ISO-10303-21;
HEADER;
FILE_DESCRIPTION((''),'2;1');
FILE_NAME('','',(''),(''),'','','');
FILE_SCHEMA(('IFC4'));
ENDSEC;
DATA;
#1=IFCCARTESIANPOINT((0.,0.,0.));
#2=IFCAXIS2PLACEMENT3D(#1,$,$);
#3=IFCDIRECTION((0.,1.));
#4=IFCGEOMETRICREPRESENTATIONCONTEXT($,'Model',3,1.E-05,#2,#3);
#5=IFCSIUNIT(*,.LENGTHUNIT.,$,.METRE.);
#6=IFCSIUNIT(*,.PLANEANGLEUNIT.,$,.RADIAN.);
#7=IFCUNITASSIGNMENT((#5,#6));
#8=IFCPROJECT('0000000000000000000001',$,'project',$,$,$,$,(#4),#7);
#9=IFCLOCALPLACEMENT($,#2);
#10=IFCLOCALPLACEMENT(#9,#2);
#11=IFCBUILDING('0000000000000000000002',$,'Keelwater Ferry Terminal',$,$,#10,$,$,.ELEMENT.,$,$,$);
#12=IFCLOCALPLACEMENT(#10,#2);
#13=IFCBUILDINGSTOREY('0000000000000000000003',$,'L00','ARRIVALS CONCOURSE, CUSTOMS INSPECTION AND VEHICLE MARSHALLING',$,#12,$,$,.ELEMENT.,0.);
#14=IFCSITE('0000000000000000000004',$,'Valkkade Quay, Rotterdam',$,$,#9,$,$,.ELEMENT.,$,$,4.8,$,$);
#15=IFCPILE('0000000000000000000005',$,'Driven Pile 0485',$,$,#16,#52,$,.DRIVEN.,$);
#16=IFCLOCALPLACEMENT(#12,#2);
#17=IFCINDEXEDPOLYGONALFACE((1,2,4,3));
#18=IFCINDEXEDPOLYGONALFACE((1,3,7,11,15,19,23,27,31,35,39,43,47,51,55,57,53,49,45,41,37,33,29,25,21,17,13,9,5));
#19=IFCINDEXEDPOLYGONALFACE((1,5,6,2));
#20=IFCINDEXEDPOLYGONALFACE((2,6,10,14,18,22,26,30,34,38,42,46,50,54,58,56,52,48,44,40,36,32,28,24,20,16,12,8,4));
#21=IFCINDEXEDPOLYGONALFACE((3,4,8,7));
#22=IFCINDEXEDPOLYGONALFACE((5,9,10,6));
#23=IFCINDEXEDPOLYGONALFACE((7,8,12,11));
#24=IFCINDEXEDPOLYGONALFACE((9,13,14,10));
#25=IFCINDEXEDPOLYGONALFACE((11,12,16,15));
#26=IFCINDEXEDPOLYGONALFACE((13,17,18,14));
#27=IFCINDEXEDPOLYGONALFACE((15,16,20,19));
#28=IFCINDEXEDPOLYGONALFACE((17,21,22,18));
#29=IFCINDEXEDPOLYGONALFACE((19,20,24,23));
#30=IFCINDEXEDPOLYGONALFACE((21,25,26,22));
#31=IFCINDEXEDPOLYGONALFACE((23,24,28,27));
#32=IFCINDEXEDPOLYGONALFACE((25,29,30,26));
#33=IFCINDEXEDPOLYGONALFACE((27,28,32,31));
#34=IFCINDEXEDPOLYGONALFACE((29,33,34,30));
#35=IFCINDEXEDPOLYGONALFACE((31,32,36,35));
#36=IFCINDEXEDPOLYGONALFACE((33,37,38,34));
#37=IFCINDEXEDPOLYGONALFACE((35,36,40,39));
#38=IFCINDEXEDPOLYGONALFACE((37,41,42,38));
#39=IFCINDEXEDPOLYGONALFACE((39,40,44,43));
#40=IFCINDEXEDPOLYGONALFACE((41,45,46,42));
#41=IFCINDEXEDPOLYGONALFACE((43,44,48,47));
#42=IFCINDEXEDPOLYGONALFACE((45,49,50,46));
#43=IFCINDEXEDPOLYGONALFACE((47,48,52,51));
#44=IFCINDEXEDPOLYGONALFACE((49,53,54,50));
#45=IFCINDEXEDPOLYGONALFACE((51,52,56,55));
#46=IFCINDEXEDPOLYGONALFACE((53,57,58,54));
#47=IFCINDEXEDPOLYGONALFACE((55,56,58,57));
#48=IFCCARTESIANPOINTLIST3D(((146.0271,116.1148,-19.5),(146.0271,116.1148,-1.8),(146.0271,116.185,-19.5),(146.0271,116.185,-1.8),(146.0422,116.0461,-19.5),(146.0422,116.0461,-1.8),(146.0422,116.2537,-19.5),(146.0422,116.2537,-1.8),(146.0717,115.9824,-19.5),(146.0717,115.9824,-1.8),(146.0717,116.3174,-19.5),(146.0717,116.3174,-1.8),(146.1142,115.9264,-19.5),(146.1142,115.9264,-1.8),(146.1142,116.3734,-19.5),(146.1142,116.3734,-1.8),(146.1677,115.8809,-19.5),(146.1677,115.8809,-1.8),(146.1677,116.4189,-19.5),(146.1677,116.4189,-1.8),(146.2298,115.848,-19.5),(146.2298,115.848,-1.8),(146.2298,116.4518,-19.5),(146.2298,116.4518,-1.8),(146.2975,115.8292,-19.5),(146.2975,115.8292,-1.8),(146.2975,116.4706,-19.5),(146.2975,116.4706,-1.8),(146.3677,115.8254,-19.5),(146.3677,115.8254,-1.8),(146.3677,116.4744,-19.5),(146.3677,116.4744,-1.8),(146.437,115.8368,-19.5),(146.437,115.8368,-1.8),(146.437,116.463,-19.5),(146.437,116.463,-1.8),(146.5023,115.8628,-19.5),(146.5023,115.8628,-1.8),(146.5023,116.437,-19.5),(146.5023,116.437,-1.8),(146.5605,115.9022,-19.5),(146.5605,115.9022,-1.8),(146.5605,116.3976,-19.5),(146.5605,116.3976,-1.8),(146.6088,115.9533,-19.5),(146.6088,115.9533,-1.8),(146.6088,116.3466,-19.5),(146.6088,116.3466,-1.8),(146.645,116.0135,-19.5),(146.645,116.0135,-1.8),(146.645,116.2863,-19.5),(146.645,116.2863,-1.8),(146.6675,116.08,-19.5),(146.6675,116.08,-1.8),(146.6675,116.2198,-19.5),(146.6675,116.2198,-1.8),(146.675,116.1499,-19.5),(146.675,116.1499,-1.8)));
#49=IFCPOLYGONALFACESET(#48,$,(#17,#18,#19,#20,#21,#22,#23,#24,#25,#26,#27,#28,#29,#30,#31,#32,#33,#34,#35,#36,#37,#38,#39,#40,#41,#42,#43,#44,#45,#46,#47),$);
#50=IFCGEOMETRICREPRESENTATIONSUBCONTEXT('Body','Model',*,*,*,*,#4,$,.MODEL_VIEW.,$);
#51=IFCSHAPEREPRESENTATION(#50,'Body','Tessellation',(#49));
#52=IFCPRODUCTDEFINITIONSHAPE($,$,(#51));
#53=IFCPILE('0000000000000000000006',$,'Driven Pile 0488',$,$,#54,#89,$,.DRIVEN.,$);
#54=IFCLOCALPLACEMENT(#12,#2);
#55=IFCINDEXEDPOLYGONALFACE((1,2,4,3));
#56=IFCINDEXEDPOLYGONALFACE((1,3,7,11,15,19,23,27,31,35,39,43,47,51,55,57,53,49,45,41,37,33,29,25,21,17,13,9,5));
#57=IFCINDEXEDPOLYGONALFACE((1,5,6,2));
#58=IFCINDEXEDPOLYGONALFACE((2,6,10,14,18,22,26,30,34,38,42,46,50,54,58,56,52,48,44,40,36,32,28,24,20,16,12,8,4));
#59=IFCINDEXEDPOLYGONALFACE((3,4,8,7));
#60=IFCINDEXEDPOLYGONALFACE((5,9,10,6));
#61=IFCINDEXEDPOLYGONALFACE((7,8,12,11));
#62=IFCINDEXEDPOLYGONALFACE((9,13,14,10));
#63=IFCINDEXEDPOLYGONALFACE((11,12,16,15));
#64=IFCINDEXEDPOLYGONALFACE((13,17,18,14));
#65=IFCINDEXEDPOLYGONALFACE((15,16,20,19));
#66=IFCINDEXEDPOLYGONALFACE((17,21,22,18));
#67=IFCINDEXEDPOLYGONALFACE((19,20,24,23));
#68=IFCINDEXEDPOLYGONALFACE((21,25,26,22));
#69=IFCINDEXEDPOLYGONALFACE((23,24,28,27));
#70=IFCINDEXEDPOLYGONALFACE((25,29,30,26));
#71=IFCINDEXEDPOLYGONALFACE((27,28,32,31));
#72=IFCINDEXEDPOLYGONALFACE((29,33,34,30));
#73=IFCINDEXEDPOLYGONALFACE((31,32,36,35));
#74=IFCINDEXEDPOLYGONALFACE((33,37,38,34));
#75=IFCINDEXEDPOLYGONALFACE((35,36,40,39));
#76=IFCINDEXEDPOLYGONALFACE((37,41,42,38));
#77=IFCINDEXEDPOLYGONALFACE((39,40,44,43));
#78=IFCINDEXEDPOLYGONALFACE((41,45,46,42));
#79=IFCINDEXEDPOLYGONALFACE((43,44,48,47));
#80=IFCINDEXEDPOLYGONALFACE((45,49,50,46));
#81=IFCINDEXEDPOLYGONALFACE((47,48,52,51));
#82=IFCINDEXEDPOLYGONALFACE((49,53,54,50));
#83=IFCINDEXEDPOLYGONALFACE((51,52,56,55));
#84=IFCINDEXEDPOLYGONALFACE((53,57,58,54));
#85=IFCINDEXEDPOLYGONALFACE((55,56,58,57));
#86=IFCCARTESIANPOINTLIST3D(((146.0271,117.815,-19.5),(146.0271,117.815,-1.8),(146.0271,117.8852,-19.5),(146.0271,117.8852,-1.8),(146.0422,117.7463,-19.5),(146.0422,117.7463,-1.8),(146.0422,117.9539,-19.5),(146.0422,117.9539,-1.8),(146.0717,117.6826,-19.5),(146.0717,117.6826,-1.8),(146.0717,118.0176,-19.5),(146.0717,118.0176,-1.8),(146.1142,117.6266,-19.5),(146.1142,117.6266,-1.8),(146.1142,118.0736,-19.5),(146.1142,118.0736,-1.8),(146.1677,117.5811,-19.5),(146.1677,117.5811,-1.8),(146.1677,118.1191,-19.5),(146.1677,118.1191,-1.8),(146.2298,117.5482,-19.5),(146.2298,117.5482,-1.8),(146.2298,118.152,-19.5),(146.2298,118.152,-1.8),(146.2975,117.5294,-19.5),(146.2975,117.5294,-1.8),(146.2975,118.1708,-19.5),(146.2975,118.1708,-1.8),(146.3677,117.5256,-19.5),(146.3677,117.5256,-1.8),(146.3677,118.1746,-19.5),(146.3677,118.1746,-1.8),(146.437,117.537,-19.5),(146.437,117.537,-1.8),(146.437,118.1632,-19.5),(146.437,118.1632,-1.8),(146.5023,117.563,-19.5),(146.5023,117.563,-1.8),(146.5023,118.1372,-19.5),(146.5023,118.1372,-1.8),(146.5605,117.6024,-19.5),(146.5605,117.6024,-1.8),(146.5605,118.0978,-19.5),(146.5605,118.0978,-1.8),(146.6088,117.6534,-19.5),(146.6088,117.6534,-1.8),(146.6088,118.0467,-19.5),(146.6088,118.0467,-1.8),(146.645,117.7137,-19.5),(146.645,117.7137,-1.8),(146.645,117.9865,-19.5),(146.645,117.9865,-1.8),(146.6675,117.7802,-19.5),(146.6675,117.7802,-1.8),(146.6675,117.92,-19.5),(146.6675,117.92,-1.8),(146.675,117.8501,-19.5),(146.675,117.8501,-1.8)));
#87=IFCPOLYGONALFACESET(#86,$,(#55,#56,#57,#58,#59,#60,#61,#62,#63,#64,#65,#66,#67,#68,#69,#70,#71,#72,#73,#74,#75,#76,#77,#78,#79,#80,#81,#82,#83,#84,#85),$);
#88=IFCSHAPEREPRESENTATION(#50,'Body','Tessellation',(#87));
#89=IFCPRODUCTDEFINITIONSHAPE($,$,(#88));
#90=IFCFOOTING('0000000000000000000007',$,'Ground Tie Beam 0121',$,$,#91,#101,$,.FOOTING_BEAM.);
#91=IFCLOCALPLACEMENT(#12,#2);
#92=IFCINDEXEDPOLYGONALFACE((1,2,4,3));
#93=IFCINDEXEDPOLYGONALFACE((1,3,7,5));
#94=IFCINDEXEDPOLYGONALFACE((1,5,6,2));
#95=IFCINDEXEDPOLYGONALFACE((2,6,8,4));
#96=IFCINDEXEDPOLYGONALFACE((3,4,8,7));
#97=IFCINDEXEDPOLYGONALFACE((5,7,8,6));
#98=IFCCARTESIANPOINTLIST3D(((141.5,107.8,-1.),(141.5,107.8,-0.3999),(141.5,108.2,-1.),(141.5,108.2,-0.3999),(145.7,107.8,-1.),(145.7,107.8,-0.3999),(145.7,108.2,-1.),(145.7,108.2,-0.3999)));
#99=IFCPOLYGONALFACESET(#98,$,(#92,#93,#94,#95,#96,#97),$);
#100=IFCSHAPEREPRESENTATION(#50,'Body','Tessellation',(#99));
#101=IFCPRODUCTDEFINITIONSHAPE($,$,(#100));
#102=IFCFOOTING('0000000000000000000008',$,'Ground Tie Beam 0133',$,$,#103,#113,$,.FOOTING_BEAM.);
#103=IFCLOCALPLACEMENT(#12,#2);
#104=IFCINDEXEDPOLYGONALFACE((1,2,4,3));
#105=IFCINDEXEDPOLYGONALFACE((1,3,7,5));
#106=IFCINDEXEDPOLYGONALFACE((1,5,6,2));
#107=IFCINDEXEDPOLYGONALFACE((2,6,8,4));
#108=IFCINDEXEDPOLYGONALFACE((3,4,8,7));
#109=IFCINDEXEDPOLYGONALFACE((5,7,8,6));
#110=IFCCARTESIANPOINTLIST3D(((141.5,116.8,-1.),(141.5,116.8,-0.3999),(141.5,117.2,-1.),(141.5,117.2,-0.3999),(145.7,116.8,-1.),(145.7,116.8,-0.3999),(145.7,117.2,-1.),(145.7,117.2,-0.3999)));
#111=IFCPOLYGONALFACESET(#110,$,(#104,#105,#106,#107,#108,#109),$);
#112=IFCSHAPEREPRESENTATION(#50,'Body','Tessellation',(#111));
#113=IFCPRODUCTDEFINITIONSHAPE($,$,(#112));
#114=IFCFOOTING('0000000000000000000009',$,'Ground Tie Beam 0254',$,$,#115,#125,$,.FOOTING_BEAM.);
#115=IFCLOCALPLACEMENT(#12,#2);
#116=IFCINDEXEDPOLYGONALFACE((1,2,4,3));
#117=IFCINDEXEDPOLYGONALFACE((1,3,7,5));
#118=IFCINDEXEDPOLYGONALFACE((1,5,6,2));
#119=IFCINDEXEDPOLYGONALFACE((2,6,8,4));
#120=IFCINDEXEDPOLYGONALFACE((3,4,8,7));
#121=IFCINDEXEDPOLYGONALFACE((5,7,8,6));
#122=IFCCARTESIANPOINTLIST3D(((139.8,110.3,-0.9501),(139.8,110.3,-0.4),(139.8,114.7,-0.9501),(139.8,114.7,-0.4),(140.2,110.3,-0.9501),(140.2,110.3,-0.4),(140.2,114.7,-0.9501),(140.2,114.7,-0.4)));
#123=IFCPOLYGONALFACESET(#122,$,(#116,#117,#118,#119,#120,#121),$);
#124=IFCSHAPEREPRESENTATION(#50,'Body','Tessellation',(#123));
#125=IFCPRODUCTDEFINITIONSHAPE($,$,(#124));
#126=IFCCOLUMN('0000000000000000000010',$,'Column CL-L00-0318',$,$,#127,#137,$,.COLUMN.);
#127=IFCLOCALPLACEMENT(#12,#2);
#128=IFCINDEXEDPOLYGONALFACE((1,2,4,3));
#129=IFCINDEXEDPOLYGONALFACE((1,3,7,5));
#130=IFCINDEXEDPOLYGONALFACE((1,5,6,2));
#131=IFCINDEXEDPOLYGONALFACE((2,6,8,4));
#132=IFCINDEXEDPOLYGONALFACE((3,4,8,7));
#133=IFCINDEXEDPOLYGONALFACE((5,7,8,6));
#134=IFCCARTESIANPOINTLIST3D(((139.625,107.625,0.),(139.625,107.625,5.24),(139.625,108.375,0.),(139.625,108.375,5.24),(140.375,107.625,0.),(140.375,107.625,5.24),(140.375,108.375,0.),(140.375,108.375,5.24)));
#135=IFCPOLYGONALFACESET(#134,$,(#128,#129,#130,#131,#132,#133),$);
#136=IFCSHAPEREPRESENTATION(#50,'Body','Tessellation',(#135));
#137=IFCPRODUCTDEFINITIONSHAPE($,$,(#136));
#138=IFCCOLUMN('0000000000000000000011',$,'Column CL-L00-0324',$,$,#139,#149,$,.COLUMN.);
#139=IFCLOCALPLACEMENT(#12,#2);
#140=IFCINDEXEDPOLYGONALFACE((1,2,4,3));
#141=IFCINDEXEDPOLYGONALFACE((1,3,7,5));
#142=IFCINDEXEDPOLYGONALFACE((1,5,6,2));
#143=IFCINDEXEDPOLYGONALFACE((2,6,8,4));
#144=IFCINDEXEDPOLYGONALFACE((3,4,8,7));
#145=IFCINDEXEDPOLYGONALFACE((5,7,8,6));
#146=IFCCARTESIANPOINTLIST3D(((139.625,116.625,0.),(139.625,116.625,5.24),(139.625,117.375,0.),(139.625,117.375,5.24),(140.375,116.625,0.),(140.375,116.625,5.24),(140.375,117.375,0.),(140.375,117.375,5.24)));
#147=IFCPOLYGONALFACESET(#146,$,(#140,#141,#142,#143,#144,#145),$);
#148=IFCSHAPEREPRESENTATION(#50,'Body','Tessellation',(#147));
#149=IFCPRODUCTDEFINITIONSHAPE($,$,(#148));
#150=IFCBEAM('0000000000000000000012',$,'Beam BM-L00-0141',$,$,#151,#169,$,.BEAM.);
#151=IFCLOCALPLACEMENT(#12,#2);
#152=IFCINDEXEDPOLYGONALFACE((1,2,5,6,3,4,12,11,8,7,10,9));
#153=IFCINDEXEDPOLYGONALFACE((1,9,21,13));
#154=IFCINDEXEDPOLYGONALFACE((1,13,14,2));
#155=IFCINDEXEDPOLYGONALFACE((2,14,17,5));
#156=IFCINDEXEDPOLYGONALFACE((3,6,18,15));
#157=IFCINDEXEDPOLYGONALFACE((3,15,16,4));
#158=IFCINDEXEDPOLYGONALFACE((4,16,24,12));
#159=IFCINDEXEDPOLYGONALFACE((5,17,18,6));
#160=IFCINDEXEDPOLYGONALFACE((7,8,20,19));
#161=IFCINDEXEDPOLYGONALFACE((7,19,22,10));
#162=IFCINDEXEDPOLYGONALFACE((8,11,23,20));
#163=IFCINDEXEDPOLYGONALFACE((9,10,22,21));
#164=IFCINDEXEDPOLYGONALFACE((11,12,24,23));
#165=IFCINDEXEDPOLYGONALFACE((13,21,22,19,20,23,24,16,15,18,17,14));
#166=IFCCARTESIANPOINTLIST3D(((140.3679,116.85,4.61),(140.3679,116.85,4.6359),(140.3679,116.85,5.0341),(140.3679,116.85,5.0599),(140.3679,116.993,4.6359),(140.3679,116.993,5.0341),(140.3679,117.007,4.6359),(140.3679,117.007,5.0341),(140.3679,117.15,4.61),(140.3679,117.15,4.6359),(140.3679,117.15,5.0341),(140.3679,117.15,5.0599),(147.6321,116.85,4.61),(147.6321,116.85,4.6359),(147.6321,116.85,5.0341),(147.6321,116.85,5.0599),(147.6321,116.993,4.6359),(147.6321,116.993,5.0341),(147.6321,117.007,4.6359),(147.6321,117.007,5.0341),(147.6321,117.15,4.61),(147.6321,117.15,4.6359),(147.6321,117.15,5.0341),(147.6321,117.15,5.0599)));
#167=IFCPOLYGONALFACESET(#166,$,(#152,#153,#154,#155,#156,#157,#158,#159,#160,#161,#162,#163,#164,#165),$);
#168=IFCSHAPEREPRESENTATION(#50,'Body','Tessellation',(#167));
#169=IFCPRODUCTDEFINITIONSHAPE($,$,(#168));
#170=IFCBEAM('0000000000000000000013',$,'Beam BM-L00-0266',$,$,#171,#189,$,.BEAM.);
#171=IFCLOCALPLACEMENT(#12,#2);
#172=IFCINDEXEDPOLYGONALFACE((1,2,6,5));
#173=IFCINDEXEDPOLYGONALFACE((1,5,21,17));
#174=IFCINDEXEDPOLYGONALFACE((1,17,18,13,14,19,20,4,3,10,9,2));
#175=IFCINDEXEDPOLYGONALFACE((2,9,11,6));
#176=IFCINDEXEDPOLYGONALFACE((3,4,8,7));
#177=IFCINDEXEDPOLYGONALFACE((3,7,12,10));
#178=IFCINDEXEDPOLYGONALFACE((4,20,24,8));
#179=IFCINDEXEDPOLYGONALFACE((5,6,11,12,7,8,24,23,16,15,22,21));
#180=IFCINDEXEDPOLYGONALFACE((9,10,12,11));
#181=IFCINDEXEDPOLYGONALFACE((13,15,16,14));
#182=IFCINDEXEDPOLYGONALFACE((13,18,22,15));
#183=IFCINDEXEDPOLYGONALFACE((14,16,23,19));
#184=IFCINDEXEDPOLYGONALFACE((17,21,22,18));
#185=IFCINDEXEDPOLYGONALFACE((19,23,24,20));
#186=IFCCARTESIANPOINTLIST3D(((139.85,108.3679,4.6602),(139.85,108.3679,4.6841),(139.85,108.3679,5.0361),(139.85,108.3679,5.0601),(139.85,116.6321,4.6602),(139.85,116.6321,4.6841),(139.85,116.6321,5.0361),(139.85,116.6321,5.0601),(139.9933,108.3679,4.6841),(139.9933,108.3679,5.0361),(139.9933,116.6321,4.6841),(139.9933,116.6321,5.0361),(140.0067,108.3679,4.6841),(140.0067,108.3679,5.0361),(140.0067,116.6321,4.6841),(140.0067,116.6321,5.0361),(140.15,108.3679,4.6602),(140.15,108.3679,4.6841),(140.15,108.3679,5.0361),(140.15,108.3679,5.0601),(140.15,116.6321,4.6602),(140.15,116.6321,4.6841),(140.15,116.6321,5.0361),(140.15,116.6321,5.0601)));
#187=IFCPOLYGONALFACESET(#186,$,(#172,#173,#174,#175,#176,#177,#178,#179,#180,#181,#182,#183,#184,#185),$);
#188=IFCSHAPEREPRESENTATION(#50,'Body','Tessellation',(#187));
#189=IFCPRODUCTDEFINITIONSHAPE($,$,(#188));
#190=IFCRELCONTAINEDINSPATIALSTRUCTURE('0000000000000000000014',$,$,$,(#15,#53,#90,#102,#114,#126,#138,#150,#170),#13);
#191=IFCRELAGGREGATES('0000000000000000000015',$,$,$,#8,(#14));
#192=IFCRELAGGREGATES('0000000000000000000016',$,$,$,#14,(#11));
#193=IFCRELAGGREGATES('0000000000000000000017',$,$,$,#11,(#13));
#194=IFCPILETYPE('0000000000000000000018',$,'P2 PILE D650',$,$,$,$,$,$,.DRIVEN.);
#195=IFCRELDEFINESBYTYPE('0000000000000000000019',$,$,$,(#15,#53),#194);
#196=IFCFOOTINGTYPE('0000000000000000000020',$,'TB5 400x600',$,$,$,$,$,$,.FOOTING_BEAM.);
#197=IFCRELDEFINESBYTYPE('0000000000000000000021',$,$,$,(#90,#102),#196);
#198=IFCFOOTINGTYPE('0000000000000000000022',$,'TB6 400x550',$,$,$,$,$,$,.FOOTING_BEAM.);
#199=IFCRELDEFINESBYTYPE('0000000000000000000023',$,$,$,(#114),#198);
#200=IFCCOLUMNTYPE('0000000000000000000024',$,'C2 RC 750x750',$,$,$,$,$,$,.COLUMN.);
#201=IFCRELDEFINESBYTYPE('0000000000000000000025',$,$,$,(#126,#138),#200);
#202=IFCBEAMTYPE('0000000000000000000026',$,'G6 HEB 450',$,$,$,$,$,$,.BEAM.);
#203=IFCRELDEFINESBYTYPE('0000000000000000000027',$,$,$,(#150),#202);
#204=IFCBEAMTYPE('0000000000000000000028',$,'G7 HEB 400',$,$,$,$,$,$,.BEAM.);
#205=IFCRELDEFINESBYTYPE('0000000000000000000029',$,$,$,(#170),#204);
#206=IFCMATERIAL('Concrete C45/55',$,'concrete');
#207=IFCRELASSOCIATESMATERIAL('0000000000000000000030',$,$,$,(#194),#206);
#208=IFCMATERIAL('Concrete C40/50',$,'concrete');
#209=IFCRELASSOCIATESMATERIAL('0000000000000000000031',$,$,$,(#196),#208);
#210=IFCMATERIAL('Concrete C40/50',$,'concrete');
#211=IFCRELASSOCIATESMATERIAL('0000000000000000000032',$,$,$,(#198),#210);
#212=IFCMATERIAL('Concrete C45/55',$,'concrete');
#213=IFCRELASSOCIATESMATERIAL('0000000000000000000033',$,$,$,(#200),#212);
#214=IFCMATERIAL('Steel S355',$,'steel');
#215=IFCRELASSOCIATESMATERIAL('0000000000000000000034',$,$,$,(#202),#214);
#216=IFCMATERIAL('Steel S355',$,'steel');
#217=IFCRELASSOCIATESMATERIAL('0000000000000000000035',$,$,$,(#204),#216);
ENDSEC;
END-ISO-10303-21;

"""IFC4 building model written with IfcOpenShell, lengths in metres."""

from ifc_helpers import new_model, si_unit, direction, frame, origin, origin_2d, place, context, subcontext, project, spatial, rectangle, circle, i_section, extrude, material, material_profile, profile_set, type_object, element, save


model = new_model("IFC4")

# Units and contexts
model_context = context("Model", 3, precision=1e-05, world=origin(), true_north=direction((0.0, 1.0)))
body_context = subcontext(model_context, "Body", "Model", "MODEL_VIEW")
ifc_project = project(units=[si_unit("LENGTHUNIT", "METRE"), si_unit("PLANEANGLEUNIT", "RADIAN")], contexts=[model_context])

# Site, building, storey
site_placement = place(None, origin())
site = spatial("IfcSite", under=ifc_project, at=site_placement, Name="Valkkade Quay, Rotterdam", CompositionType="ELEMENT", RefElevation=4.8)
building_placement = place(site_placement, origin())
building = spatial("IfcBuilding", under=site, at=building_placement, Name="Keelwater Ferry Terminal", CompositionType="ELEMENT")
storey_placement = place(building_placement, origin())
storey = spatial("IfcBuildingStorey", under=building, at=storey_placement, Name="L00", Description="ARRIVALS CONCOURSE, CUSTOMS INSPECTION AND VEHICLE MARSHALLING", CompositionType="ELEMENT", Elevation=0.0)

# Piles
ifc_material_1 = material(Name="Concrete C45/55", Category="concrete")
ifc_material_profile_1 = material_profile(ifc_material_1, circle(Radius=0.325, at=origin_2d()), Name="PILE D650")
ifc_profile_set_1 = profile_set([ifc_material_profile_1], Name="Concrete C45/55")
pile_type = type_object("IfcPileType", Name="P2 PILE D650", PredefinedType="DRIVEN", material=ifc_profile_set_1)
for number, where, z_axis, x_axis, name in (
    (1, (146.3501, 116.1499, -1.8), (0.0, 0.0, -1.0), (1.0, 0.0, 0.0), "Driven Pile 0485"),
    (2, (146.3501, 117.8501, -1.8), (0.0, 0.0, -1.0), (1.0, 0.0, 0.0), "Driven Pile 0488"),
):
    element("IfcPile", number, at=place(storey_placement, frame(where, z_axis=z_axis, x_axis=x_axis)), inside=storey, type_object=pile_type, Name=name, PredefinedType="DRIVEN", context=body_context, shape_type="SweptSolid", body=[
        extrude(circle(Radius=0.325, at=origin_2d()), origin(), (0.0, 0.0, 1.0), 17.7),
    ])

# Footings
ifc_material_2 = material(Name="Concrete C40/50", Category="concrete")
ifc_material_profile_2 = material_profile(ifc_material_2, rectangle(XDim=0.3999, YDim=0.6001, at=origin_2d()), Name="TB 400x600")
ifc_profile_set_2 = profile_set([ifc_material_profile_2], Name="Concrete C40/50")
footing_type_1 = type_object("IfcFootingType", Name="TB5 400x600", PredefinedType="FOOTING_BEAM", material=ifc_profile_set_2)
for number, where, z_axis, x_axis, name in (
    (3, (141.5, 108.0, -0.7), (1.0, 0.0, 0.0), (0.0, 1.0, 0.0), "Ground Tie Beam 0121"),
    (4, (141.5, 117.0, -0.7), (1.0, 0.0, 0.0), (0.0, 1.0, 0.0), "Ground Tie Beam 0133"),
):
    element("IfcFooting", number, at=place(storey_placement, frame(where, z_axis=z_axis, x_axis=x_axis)), inside=storey, type_object=footing_type_1, Name=name, PredefinedType="FOOTING_BEAM", context=body_context, shape_type="SweptSolid", body=[
        extrude(rectangle(XDim=0.3999, YDim=0.6001, at=origin_2d()), origin(), (0.0, 0.0, 1.0), 4.2),
    ])
ifc_material_3 = material(Name="Concrete C40/50", Category="concrete")
ifc_material_profile_3 = material_profile(ifc_material_3, rectangle(XDim=0.3999, YDim=0.55, at=origin_2d()), Name="TB 400x550")
ifc_profile_set_3 = profile_set([ifc_material_profile_3], Name="Concrete C40/50")
footing_type_2 = type_object("IfcFootingType", Name="TB6 400x550", PredefinedType="FOOTING_BEAM", material=ifc_profile_set_3)
footing_placement = place(storey_placement, frame((140.0, 110.3, -0.675), z_axis=(0.0, 1.0, 0.0), x_axis=(-1.0, 0.0, 0.0)))
element("IfcFooting", 5, at=footing_placement, inside=storey, type_object=footing_type_2, Name="Ground Tie Beam 0254", PredefinedType="FOOTING_BEAM", context=body_context, shape_type="SweptSolid", body=[
    extrude(rectangle(XDim=0.3999, YDim=0.55, at=origin_2d()), origin(), (0.0, 0.0, 1.0), 4.3999),
])

# Columns
ifc_material_4 = material(Name="Concrete C45/55", Category="concrete")
ifc_material_profile_4 = material_profile(ifc_material_4, rectangle(XDim=0.75, YDim=0.75, at=origin_2d()), Name="RC 750x750")
ifc_profile_set_4 = profile_set([ifc_material_profile_4], Name="Concrete C45/55")
column_type = type_object("IfcColumnType", Name="C2 RC 750x750", PredefinedType="COLUMN", material=ifc_profile_set_4)
for number, where, z_axis, x_axis, name in (
    (6, (140.0, 108.0, 0.0), (0.0, 0.0, 1.0), (1.0, 0.0, 0.0), "Column CL-L00-0318"),
    (7, (140.0, 117.0, 0.0), (0.0, 0.0, 1.0), (1.0, 0.0, 0.0), "Column CL-L00-0324"),
):
    element("IfcColumn", number, at=place(storey_placement, frame(where, z_axis=z_axis, x_axis=x_axis)), inside=storey, type_object=column_type, Name=name, PredefinedType="COLUMN", context=body_context, shape_type="SweptSolid", body=[
        extrude(rectangle(XDim=0.75, YDim=0.75, at=origin_2d()), origin(), (0.0, 0.0, 1.0), 5.24),
    ])

# Beams
ifc_material_5 = material(Name="Steel S355", Category="steel")
ifc_material_profile_5 = material_profile(ifc_material_5, i_section(OverallWidth=0.3, OverallDepth=0.45, WebThickness=0.0139, FlangeThickness=0.0259, at=origin_2d()), Name="HEB 450")
ifc_profile_set_5 = profile_set([ifc_material_profile_5], Name="Steel S355")
beam_type_1 = type_object("IfcBeamType", Name="G6 HEB 450", PredefinedType="BEAM", material=ifc_profile_set_5)
beam_1_placement = place(storey_placement, frame((140.3679, 117.0, 4.835), z_axis=(1.0, 0.0, 0.0), x_axis=(0.0, 1.0, 0.0)))
element("IfcBeam", 8, at=beam_1_placement, inside=storey, type_object=beam_type_1, Name="Beam BM-L00-0141", PredefinedType="BEAM", context=body_context, shape_type="SweptSolid", body=[
    extrude(i_section(OverallWidth=0.3, OverallDepth=0.45, WebThickness=0.0139, FlangeThickness=0.0259, at=origin_2d()), origin(), (0.0, 0.0, 1.0), 7.2642),
])
ifc_material_6 = material(Name="Steel S355", Category="steel")
ifc_material_profile_6 = material_profile(ifc_material_6, i_section(OverallWidth=0.3, OverallDepth=0.3999, WebThickness=0.0134, FlangeThickness=0.0239, at=origin_2d()), Name="HEB 400")
ifc_profile_set_6 = profile_set([ifc_material_profile_6], Name="Steel S355")
beam_type_2 = type_object("IfcBeamType", Name="G7 HEB 400", PredefinedType="BEAM", material=ifc_profile_set_6)
beam_2_placement = place(storey_placement, frame((140.0, 108.3679, 4.8601), z_axis=(0.0, 1.0, 0.0), x_axis=(-1.0, 0.0, 0.0)))
element("IfcBeam", 9, at=beam_2_placement, inside=storey, type_object=beam_type_2, Name="Beam BM-L00-0266", PredefinedType="BEAM", context=body_context, shape_type="SweptSolid", body=[
    extrude(i_section(OverallWidth=0.3, OverallDepth=0.3999, WebThickness=0.0134, FlangeThickness=0.0239, at=origin_2d()), origin(), (0.0, 0.0, 1.0), 8.2642),
])

save(model, "model.ifc")
